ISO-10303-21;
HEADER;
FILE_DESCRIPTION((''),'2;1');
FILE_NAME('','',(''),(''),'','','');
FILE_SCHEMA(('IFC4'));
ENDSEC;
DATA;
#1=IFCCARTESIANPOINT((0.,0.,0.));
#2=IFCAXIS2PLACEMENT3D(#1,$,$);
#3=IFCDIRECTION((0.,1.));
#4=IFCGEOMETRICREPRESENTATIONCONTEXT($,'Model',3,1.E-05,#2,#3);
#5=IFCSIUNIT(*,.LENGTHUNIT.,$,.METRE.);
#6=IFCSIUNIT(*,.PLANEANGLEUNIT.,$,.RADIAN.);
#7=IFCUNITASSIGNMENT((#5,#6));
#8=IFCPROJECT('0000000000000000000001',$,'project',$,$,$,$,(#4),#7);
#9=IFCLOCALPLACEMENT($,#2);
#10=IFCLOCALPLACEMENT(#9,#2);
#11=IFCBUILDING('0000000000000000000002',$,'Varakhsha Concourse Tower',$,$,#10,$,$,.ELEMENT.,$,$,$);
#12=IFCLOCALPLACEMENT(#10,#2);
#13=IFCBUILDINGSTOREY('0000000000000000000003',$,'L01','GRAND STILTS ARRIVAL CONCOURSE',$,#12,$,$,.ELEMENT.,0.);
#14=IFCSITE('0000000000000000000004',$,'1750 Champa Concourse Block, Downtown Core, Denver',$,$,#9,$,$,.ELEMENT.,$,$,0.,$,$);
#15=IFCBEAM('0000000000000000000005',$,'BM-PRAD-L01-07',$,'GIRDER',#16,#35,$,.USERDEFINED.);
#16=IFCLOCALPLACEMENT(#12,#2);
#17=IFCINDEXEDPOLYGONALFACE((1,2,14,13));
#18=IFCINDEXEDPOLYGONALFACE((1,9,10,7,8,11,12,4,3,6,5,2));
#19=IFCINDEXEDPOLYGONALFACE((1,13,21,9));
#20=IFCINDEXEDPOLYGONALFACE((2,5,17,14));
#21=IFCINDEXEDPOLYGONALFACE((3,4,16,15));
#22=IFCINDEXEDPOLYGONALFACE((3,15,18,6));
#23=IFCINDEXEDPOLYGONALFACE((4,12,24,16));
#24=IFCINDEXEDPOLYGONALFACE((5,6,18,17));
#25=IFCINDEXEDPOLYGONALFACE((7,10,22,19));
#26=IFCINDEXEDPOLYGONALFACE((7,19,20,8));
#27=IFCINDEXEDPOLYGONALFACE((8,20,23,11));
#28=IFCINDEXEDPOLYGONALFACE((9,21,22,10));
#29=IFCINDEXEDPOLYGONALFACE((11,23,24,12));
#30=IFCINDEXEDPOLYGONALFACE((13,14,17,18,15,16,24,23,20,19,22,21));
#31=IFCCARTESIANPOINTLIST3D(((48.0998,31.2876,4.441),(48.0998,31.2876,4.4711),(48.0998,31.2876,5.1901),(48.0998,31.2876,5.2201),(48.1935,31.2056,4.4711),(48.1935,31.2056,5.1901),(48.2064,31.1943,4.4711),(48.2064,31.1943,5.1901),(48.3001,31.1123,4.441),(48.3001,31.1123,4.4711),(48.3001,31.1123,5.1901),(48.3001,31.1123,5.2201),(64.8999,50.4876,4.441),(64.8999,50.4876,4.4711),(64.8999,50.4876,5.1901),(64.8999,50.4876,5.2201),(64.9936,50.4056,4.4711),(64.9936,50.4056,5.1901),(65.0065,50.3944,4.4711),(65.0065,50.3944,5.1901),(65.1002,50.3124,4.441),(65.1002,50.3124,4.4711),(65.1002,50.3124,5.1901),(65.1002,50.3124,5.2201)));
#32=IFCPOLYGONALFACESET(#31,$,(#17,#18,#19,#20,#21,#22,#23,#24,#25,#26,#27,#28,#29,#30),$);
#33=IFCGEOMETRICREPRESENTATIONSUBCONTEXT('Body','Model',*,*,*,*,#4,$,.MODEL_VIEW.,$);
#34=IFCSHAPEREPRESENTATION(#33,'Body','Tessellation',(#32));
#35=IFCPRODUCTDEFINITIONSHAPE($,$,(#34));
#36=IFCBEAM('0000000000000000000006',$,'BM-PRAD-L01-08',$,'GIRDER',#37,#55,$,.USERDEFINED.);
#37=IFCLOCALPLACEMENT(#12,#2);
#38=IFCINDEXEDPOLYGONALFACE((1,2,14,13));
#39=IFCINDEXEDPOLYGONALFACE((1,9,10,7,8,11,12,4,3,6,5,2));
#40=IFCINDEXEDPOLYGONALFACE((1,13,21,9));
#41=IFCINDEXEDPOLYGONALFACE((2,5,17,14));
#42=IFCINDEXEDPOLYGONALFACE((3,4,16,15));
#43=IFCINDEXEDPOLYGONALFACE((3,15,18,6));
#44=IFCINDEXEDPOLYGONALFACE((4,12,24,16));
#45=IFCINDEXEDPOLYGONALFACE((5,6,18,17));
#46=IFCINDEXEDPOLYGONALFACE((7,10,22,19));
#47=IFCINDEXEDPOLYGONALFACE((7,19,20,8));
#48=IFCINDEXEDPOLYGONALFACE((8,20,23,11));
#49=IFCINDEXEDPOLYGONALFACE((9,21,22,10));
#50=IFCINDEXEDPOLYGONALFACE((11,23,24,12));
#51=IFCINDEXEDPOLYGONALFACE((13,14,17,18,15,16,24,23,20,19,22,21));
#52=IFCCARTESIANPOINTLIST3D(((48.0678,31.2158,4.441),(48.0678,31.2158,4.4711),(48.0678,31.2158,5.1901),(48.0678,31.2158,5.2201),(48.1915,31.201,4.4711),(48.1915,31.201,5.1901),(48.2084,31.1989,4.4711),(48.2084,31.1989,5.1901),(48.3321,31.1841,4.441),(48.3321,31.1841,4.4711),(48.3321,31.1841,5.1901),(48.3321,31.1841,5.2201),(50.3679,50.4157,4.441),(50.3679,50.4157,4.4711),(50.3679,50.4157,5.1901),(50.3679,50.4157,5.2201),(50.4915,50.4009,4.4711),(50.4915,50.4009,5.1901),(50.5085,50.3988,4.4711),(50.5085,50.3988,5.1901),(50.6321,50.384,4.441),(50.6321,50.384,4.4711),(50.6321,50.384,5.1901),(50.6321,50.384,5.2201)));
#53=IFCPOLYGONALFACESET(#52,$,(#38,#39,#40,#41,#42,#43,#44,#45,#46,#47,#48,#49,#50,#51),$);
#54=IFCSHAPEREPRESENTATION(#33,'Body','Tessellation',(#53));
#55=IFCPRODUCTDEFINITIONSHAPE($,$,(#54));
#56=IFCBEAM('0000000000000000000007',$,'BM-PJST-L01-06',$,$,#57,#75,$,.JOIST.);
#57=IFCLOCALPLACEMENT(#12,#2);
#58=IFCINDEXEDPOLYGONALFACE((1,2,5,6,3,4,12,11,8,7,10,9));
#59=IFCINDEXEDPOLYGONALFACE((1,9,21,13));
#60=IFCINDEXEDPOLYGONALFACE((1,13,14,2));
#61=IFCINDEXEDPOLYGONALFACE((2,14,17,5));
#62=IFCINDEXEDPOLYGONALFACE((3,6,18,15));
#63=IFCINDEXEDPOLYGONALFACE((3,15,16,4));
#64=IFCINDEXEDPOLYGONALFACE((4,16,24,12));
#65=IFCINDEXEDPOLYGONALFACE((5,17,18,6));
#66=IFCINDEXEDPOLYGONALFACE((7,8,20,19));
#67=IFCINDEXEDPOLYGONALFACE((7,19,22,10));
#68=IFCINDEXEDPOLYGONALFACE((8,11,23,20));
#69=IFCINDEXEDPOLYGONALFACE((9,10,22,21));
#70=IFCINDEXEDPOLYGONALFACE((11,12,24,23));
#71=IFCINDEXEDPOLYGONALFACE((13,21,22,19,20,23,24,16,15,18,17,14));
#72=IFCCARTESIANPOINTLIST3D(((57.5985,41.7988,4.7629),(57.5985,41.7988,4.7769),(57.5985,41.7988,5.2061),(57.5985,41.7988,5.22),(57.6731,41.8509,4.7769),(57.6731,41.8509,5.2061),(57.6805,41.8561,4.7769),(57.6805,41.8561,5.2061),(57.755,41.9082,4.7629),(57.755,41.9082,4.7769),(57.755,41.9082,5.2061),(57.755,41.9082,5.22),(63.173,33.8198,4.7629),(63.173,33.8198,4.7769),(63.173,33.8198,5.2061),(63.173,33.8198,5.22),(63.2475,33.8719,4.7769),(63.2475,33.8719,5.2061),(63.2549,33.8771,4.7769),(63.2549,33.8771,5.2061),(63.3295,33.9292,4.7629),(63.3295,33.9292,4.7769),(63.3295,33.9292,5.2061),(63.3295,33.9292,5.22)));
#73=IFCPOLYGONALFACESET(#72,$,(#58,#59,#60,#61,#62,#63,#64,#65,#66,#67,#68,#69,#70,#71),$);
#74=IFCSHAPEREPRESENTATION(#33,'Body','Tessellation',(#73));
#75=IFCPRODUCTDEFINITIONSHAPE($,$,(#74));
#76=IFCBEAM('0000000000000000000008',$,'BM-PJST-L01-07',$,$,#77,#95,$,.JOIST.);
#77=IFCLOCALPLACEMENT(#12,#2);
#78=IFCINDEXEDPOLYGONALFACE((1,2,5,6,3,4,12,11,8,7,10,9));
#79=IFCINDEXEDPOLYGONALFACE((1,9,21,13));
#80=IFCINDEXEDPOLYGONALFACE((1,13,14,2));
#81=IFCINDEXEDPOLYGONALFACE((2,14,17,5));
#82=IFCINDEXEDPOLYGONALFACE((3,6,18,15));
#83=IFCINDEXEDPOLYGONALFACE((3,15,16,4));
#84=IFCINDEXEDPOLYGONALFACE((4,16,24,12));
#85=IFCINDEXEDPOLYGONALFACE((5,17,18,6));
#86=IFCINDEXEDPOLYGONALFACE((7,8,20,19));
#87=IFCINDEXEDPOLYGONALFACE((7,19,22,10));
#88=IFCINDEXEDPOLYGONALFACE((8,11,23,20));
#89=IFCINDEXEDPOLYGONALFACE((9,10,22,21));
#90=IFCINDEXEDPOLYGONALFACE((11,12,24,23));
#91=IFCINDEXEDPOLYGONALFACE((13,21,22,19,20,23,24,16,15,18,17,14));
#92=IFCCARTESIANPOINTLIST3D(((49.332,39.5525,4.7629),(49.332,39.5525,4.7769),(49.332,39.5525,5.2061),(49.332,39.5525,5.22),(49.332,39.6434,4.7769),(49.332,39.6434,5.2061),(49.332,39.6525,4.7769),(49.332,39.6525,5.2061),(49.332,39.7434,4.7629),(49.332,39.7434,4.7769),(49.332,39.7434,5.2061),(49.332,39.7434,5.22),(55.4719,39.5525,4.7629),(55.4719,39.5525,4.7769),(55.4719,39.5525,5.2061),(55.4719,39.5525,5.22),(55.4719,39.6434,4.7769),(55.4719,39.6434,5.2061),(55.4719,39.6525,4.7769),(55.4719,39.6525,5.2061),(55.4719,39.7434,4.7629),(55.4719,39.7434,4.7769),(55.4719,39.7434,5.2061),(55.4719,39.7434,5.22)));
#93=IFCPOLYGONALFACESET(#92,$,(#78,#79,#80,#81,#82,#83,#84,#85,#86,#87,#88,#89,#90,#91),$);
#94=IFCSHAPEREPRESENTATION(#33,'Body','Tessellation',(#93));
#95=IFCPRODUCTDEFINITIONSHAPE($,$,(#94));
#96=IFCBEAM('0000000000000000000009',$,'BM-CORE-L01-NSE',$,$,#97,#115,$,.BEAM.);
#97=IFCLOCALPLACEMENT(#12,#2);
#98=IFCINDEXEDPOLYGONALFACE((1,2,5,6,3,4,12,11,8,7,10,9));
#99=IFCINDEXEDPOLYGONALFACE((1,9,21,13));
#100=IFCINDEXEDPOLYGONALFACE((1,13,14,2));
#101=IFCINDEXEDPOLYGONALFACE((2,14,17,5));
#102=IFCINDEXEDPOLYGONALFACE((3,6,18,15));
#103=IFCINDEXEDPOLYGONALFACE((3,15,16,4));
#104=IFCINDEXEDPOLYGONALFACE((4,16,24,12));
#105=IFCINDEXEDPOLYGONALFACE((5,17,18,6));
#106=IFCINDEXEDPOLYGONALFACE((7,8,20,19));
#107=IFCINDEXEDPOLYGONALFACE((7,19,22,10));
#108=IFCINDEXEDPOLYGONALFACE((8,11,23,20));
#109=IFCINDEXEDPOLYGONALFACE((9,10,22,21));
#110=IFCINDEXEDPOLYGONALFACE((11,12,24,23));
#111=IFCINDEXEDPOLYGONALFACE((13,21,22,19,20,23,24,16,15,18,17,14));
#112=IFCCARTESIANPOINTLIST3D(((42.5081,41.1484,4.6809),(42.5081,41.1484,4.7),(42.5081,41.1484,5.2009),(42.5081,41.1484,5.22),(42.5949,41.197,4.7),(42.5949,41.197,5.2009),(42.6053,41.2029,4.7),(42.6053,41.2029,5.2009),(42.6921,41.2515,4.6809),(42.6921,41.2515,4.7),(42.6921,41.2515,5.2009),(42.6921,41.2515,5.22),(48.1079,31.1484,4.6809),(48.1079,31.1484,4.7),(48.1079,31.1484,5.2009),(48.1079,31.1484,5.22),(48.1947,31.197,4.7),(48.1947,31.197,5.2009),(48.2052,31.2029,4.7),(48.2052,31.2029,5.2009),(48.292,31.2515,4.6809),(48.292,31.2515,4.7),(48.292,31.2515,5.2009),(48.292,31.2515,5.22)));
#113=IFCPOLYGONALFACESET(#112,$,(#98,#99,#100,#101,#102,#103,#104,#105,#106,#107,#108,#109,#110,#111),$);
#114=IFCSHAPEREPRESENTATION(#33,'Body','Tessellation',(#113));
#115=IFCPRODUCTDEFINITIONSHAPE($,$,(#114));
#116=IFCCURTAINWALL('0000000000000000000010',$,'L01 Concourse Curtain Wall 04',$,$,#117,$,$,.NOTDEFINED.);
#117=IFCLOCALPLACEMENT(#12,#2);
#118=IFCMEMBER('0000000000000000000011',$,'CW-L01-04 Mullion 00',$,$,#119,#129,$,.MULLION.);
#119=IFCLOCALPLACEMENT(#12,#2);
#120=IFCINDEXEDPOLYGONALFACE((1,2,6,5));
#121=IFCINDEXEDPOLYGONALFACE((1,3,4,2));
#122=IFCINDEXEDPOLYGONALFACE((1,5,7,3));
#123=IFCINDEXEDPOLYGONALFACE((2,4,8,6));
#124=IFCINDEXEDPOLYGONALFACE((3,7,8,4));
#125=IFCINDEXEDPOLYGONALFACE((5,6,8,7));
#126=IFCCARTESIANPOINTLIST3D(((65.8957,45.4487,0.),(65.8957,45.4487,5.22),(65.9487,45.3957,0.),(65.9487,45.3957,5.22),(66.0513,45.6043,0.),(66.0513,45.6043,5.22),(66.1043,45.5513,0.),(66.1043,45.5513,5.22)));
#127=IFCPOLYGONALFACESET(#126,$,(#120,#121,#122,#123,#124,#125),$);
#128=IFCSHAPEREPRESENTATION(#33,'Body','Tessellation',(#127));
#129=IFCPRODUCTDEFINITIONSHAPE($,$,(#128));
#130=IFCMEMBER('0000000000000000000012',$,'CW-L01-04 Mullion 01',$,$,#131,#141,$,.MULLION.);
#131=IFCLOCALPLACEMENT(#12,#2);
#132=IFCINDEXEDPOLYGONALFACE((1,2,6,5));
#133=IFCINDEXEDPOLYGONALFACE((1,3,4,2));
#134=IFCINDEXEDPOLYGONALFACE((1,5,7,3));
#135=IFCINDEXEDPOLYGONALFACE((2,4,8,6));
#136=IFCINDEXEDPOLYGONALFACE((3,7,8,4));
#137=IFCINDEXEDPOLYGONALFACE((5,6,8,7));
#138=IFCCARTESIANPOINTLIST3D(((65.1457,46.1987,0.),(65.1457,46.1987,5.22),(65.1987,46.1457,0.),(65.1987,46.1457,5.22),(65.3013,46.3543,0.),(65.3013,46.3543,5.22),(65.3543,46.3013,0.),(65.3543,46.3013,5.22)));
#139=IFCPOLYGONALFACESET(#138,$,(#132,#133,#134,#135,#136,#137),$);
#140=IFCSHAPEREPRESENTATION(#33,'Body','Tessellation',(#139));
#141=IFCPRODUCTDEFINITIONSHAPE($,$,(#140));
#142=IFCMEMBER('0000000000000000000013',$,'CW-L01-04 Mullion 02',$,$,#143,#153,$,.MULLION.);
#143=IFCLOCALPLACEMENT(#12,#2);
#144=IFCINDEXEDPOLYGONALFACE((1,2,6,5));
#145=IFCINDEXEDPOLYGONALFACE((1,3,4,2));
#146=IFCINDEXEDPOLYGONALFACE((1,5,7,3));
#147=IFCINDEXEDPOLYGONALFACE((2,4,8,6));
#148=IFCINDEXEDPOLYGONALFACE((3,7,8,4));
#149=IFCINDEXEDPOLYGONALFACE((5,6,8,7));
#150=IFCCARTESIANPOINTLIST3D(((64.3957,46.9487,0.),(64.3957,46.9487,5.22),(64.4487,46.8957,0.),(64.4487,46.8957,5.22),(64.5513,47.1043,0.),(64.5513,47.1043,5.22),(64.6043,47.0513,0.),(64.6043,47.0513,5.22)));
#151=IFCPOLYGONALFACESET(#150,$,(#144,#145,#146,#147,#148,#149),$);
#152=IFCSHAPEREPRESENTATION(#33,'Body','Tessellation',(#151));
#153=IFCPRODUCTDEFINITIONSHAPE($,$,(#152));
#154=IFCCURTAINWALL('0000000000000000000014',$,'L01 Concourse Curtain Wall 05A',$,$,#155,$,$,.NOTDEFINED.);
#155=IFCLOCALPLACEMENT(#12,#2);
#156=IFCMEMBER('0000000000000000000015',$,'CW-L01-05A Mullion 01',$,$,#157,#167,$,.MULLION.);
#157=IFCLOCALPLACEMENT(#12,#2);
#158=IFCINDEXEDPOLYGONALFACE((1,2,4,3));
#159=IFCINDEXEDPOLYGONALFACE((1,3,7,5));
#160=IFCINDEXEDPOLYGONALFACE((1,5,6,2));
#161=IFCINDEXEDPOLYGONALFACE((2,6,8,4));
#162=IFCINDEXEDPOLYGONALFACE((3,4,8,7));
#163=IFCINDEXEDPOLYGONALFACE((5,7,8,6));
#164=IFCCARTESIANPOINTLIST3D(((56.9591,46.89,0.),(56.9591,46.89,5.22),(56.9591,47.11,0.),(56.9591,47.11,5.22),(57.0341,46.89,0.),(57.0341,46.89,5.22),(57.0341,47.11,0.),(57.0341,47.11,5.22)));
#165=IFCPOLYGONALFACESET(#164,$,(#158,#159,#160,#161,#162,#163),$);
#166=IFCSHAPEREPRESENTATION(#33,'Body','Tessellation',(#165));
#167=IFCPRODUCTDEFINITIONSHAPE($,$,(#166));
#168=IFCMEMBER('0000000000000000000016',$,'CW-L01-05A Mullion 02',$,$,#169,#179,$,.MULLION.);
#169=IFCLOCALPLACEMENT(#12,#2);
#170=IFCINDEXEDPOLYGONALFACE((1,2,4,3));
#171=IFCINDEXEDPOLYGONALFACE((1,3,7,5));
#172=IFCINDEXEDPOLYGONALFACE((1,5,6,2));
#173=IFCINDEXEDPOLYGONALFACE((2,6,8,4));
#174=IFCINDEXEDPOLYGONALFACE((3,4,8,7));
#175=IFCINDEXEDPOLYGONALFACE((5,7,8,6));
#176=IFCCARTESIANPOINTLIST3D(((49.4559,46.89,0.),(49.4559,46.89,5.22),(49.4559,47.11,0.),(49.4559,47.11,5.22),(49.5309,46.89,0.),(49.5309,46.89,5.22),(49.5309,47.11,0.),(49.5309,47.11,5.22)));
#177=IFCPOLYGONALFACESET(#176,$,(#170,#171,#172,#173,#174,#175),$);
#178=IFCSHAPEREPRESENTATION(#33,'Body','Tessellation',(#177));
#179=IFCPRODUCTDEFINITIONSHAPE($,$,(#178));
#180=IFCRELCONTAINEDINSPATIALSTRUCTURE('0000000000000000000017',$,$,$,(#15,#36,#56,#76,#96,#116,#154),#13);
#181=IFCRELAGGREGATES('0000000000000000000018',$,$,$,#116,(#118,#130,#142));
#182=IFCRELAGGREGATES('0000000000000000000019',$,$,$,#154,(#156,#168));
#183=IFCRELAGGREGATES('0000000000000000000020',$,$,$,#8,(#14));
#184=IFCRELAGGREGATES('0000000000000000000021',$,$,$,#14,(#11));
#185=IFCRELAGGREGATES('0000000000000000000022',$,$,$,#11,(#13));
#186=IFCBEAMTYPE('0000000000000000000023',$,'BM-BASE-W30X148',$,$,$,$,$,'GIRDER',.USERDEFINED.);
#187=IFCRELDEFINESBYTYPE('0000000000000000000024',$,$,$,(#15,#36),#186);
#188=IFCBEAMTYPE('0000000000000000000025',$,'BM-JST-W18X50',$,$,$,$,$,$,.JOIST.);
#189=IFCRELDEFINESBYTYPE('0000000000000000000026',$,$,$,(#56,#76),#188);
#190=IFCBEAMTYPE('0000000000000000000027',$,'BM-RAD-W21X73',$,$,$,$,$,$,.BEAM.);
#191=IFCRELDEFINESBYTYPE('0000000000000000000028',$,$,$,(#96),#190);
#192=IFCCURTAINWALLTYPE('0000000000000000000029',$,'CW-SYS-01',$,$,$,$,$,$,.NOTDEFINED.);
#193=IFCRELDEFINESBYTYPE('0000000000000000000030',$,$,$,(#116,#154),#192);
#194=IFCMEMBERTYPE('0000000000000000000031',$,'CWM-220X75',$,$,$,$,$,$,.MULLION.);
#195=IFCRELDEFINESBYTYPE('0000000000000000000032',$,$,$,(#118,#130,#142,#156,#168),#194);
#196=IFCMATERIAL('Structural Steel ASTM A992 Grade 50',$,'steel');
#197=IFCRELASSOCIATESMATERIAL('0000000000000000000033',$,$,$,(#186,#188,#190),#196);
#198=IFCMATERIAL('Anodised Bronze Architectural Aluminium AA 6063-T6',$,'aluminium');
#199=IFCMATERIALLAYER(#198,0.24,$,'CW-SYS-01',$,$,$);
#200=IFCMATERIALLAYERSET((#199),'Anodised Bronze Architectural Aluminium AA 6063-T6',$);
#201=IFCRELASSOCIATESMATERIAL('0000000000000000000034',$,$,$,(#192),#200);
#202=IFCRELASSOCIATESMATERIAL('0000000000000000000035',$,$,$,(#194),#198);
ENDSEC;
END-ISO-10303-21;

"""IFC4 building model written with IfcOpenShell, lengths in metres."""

from ifc_helpers import new_model, si_unit, direction, frame, origin, origin_2d, place, context, subcontext, project, spatial, rectangle, i_section, extrude, source, transform, mapped, material, layer, layer_set, material_profile, profile_set, type_object, type_shapes, element, aggregate, save


model = new_model("IFC4")

# Units and contexts
model_context = context("Model", 3, precision=1e-05, world=origin(), true_north=direction((0.0, 1.0)))
body_context = subcontext(model_context, "Body", "Model", "MODEL_VIEW")
ifc_project = project(units=[si_unit("LENGTHUNIT", "METRE"), si_unit("PLANEANGLEUNIT", "RADIAN")], contexts=[model_context])

# Site, building, storey
site_placement = place(None, origin())
site = spatial("IfcSite", under=ifc_project, at=site_placement, Name="1750 Champa Concourse Block, Downtown Core, Denver", CompositionType="ELEMENT", RefElevation=0.0)
building_placement = place(site_placement, origin())
building = spatial("IfcBuilding", under=site, at=building_placement, Name="Varakhsha Concourse Tower", CompositionType="ELEMENT")
storey_placement = place(building_placement, origin())
storey = spatial("IfcBuildingStorey", under=building, at=storey_placement, Name="L01", Description="GRAND STILTS ARRIVAL CONCOURSE", CompositionType="ELEMENT", Elevation=0.0)

# Shared definitions
ifc_material_1 = material(Name="Structural Steel ASTM A992 Grade 50", Category="steel")

# Beams
ifc_material_profile_1 = material_profile(ifc_material_1, i_section(OverallWidth=0.2661, OverallDepth=0.7791, WebThickness=0.0171, FlangeThickness=0.03, at=origin_2d()), Name="W30X148")
ifc_profile_set_1 = profile_set([ifc_material_profile_1], Name="Structural Steel ASTM A992 Grade 50")
beam_type_1 = type_object("IfcBeamType", Name="BM-BASE-W30X148", ElementType="GIRDER", PredefinedType="USERDEFINED", material=ifc_profile_set_1)
beam_1_placement = place(storey_placement, frame((48.2, 31.2, 4.8306), z_axis=(0.658507, 0.752575, 0.0), x_axis=(-0.752575, 0.658507, 0.0)))
element("IfcBeam", 1, at=beam_1_placement, inside=storey, type_object=beam_type_1, Name="BM-PRAD-L01-07", ObjectType="GIRDER", PredefinedType="USERDEFINED", context=body_context, shape_type="SweptSolid", body=[
    extrude(i_section(OverallWidth=0.2661, OverallDepth=0.7791, WebThickness=0.0171, FlangeThickness=0.03, at=origin_2d()), origin(), (0.0, 0.0, 1.0), 25.5125),
])
beam_2_placement = place(storey_placement, frame((48.2, 31.2, 4.8306), z_axis=(0.118944, 0.992901, 0.0), x_axis=(-0.992901, 0.118944, 0.0)))
element("IfcBeam", 2, at=beam_2_placement, inside=storey, type_object=beam_type_1, Name="BM-PRAD-L01-08", ObjectType="GIRDER", PredefinedType="USERDEFINED", context=body_context, shape_type="SweptSolid", body=[
    extrude(i_section(OverallWidth=0.2661, OverallDepth=0.7791, WebThickness=0.0171, FlangeThickness=0.03, at=origin_2d()), origin(), (0.0, 0.0, 1.0), 19.3372),
])
ifc_material_profile_2 = material_profile(ifc_material_1, i_section(OverallWidth=0.1909, OverallDepth=0.457, WebThickness=0.009, FlangeThickness=0.0139, at=origin_2d()), Name="W18X50")
ifc_profile_set_2 = profile_set([ifc_material_profile_2], Name="Structural Steel ASTM A992 Grade 50")
beam_type_2 = type_object("IfcBeamType", Name="BM-JST-W18X50", PredefinedType="JOIST", material=ifc_profile_set_2)
beam_3_placement = place(storey_placement, frame((63.2512, 33.8745, 4.9915), z_axis=(-0.572715, 0.819755, 0.0), x_axis=(-0.819755, -0.572715, 0.0)))
element("IfcBeam", 3, at=beam_3_placement, inside=storey, type_object=beam_type_2, Name="BM-PJST-L01-06", PredefinedType="JOIST", context=body_context, shape_type="SweptSolid", body=[
    extrude(i_section(OverallWidth=0.1909, OverallDepth=0.457, WebThickness=0.009, FlangeThickness=0.0139, at=origin_2d()), origin(), (0.0, 0.0, 1.0), 9.7334),
])
beam_4_placement = place(storey_placement, frame((55.4719, 39.6479, 4.9915), z_axis=(-1.0, 0.0, 0.0), x_axis=(0.0, -1.0, 0.0)))
element("IfcBeam", 4, at=beam_4_placement, inside=storey, type_object=beam_type_2, Name="BM-PJST-L01-07", PredefinedType="JOIST", context=body_context, shape_type="SweptSolid", body=[
    extrude(i_section(OverallWidth=0.1909, OverallDepth=0.457, WebThickness=0.009, FlangeThickness=0.0139, at=origin_2d()), origin(), (0.0, 0.0, 1.0), 6.1399),
])
ifc_material_profile_3 = material_profile(ifc_material_1, i_section(OverallWidth=0.2109, OverallDepth=0.5391, WebThickness=0.012, FlangeThickness=0.019, at=origin_2d()), Name="W21X73")
ifc_profile_set_3 = profile_set([ifc_material_profile_3], Name="Structural Steel ASTM A992 Grade 50")
beam_type_3 = type_object("IfcBeamType", Name="BM-RAD-W21X73", PredefinedType="BEAM", material=ifc_profile_set_3)
beam_5_placement = place(storey_placement, frame((48.2, 31.2, 4.9504), z_axis=(-0.488594, 0.872511, 0.0), x_axis=(-0.872511, -0.488594, 0.0)))
element("IfcBeam", 5, at=beam_5_placement, inside=storey, type_object=beam_type_3, Name="BM-CORE-L01-NSE", PredefinedType="BEAM", context=body_context, shape_type="SweptSolid", body=[
    extrude(i_section(OverallWidth=0.2109, OverallDepth=0.5391, WebThickness=0.012, FlangeThickness=0.019, at=origin_2d()), origin(), (0.0, 0.0, 1.0), 11.4612),
])

# Curtain walls, members
ifc_material_2 = material(Name="Anodised Bronze Architectural Aluminium AA 6063-T6", Category="aluminium")
ifc_layer_1 = layer(ifc_material_2, 0.24, Name="CW-SYS-01")
ifc_layer_set_1 = layer_set([ifc_layer_1], Name="Anodised Bronze Architectural Aluminium AA 6063-T6")
curtain_wall_type = type_object("IfcCurtainWallType", Name="CW-SYS-01", PredefinedType="NOTDEFINED", material=ifc_layer_set_1)
curtain_wall_1_placement = place(storey_placement, origin())
curtain_wall_1 = element("IfcCurtainWall", 6, at=curtain_wall_1_placement, inside=storey, type_object=curtain_wall_type, Name="L01 Concourse Curtain Wall 04", PredefinedType="NOTDEFINED")
ifc_material_profile_4 = material_profile(ifc_material_2, rectangle(XDim=0.075, YDim=0.22, at=origin_2d()), Name="CWM-220X75")
ifc_profile_set_4 = profile_set([ifc_material_profile_4], Name="Anodised Bronze Architectural Aluminium AA 6063-T6")
member_type_1 = type_object("IfcMemberType", Name="CWM-220X75", PredefinedType="MULLION", material=ifc_profile_set_4)
shared_shape_1 = source(origin(), body_context, "Body", "SweptSolid", [
    extrude(rectangle(XDim=0.075, YDim=0.22, at=origin_2d()), origin(), (0.0, 0.0, 1.0), 5.22),
])
type_shapes(member_type_1, [shared_shape_1])
member_1_placement = place(storey_placement, frame((66.0, 45.5, 0.0), z_axis=(0.0, 0.0, 1.0), x_axis=(-0.707107, 0.707107, 0.0)))
member_1 = element("IfcMember", 7, at=member_1_placement, type_object=member_type_1, Name="CW-L01-04 Mullion 00", PredefinedType="MULLION", context=body_context, shape_type="MappedRepresentation", body=[
    mapped(shared_shape_1, transform((0.0, 0.0, 0.0), scale=1.0)),
])
member_2_placement = place(storey_placement, frame((65.25, 46.25, 0.0), z_axis=(0.0, 0.0, 1.0), x_axis=(-0.707107, 0.707107, 0.0)))
member_2 = element("IfcMember", 8, at=member_2_placement, type_object=member_type_1, Name="CW-L01-04 Mullion 01", PredefinedType="MULLION", context=body_context, shape_type="MappedRepresentation", body=[
    mapped(shared_shape_1, transform((0.0, 0.0, 0.0), scale=1.0)),
])
member_3_placement = place(storey_placement, frame((64.5, 47.0, 0.0), z_axis=(0.0, 0.0, 1.0), x_axis=(-0.707107, 0.707107, 0.0)))
member_3 = element("IfcMember", 9, at=member_3_placement, type_object=member_type_1, Name="CW-L01-04 Mullion 02", PredefinedType="MULLION", context=body_context, shape_type="MappedRepresentation", body=[
    mapped(shared_shape_1, transform((0.0, 0.0, 0.0), scale=1.0)),
])
curtain_wall_2_placement = place(storey_placement, origin())
curtain_wall_2 = element("IfcCurtainWall", 10, at=curtain_wall_2_placement, inside=storey, type_object=curtain_wall_type, Name="L01 Concourse Curtain Wall 05A", PredefinedType="NOTDEFINED")
member_4_placement = place(storey_placement, frame((56.9966, 47.0, 0.0), z_axis=(0.0, 0.0, 1.0), x_axis=(-1.0, 0.0, 0.0)))
member_4 = element("IfcMember", 11, at=member_4_placement, type_object=member_type_1, Name="CW-L01-05A Mullion 01", PredefinedType="MULLION", context=body_context, shape_type="MappedRepresentation", body=[
    mapped(shared_shape_1, transform((0.0, 0.0, 0.0), scale=1.0)),
])
member_5_placement = place(storey_placement, frame((49.4934, 47.0, 0.0), z_axis=(0.0, 0.0, 1.0), x_axis=(-1.0, 0.0, 0.0)))
member_5 = element("IfcMember", 12, at=member_5_placement, type_object=member_type_1, Name="CW-L01-05A Mullion 02", PredefinedType="MULLION", context=body_context, shape_type="MappedRepresentation", body=[
    mapped(shared_shape_1, transform((0.0, 0.0, 0.0), scale=1.0)),
])

aggregate(curtain_wall_1, [member_1, member_2, member_3])
aggregate(curtain_wall_2, [member_4, member_5])

save(model, "model.ifc")
